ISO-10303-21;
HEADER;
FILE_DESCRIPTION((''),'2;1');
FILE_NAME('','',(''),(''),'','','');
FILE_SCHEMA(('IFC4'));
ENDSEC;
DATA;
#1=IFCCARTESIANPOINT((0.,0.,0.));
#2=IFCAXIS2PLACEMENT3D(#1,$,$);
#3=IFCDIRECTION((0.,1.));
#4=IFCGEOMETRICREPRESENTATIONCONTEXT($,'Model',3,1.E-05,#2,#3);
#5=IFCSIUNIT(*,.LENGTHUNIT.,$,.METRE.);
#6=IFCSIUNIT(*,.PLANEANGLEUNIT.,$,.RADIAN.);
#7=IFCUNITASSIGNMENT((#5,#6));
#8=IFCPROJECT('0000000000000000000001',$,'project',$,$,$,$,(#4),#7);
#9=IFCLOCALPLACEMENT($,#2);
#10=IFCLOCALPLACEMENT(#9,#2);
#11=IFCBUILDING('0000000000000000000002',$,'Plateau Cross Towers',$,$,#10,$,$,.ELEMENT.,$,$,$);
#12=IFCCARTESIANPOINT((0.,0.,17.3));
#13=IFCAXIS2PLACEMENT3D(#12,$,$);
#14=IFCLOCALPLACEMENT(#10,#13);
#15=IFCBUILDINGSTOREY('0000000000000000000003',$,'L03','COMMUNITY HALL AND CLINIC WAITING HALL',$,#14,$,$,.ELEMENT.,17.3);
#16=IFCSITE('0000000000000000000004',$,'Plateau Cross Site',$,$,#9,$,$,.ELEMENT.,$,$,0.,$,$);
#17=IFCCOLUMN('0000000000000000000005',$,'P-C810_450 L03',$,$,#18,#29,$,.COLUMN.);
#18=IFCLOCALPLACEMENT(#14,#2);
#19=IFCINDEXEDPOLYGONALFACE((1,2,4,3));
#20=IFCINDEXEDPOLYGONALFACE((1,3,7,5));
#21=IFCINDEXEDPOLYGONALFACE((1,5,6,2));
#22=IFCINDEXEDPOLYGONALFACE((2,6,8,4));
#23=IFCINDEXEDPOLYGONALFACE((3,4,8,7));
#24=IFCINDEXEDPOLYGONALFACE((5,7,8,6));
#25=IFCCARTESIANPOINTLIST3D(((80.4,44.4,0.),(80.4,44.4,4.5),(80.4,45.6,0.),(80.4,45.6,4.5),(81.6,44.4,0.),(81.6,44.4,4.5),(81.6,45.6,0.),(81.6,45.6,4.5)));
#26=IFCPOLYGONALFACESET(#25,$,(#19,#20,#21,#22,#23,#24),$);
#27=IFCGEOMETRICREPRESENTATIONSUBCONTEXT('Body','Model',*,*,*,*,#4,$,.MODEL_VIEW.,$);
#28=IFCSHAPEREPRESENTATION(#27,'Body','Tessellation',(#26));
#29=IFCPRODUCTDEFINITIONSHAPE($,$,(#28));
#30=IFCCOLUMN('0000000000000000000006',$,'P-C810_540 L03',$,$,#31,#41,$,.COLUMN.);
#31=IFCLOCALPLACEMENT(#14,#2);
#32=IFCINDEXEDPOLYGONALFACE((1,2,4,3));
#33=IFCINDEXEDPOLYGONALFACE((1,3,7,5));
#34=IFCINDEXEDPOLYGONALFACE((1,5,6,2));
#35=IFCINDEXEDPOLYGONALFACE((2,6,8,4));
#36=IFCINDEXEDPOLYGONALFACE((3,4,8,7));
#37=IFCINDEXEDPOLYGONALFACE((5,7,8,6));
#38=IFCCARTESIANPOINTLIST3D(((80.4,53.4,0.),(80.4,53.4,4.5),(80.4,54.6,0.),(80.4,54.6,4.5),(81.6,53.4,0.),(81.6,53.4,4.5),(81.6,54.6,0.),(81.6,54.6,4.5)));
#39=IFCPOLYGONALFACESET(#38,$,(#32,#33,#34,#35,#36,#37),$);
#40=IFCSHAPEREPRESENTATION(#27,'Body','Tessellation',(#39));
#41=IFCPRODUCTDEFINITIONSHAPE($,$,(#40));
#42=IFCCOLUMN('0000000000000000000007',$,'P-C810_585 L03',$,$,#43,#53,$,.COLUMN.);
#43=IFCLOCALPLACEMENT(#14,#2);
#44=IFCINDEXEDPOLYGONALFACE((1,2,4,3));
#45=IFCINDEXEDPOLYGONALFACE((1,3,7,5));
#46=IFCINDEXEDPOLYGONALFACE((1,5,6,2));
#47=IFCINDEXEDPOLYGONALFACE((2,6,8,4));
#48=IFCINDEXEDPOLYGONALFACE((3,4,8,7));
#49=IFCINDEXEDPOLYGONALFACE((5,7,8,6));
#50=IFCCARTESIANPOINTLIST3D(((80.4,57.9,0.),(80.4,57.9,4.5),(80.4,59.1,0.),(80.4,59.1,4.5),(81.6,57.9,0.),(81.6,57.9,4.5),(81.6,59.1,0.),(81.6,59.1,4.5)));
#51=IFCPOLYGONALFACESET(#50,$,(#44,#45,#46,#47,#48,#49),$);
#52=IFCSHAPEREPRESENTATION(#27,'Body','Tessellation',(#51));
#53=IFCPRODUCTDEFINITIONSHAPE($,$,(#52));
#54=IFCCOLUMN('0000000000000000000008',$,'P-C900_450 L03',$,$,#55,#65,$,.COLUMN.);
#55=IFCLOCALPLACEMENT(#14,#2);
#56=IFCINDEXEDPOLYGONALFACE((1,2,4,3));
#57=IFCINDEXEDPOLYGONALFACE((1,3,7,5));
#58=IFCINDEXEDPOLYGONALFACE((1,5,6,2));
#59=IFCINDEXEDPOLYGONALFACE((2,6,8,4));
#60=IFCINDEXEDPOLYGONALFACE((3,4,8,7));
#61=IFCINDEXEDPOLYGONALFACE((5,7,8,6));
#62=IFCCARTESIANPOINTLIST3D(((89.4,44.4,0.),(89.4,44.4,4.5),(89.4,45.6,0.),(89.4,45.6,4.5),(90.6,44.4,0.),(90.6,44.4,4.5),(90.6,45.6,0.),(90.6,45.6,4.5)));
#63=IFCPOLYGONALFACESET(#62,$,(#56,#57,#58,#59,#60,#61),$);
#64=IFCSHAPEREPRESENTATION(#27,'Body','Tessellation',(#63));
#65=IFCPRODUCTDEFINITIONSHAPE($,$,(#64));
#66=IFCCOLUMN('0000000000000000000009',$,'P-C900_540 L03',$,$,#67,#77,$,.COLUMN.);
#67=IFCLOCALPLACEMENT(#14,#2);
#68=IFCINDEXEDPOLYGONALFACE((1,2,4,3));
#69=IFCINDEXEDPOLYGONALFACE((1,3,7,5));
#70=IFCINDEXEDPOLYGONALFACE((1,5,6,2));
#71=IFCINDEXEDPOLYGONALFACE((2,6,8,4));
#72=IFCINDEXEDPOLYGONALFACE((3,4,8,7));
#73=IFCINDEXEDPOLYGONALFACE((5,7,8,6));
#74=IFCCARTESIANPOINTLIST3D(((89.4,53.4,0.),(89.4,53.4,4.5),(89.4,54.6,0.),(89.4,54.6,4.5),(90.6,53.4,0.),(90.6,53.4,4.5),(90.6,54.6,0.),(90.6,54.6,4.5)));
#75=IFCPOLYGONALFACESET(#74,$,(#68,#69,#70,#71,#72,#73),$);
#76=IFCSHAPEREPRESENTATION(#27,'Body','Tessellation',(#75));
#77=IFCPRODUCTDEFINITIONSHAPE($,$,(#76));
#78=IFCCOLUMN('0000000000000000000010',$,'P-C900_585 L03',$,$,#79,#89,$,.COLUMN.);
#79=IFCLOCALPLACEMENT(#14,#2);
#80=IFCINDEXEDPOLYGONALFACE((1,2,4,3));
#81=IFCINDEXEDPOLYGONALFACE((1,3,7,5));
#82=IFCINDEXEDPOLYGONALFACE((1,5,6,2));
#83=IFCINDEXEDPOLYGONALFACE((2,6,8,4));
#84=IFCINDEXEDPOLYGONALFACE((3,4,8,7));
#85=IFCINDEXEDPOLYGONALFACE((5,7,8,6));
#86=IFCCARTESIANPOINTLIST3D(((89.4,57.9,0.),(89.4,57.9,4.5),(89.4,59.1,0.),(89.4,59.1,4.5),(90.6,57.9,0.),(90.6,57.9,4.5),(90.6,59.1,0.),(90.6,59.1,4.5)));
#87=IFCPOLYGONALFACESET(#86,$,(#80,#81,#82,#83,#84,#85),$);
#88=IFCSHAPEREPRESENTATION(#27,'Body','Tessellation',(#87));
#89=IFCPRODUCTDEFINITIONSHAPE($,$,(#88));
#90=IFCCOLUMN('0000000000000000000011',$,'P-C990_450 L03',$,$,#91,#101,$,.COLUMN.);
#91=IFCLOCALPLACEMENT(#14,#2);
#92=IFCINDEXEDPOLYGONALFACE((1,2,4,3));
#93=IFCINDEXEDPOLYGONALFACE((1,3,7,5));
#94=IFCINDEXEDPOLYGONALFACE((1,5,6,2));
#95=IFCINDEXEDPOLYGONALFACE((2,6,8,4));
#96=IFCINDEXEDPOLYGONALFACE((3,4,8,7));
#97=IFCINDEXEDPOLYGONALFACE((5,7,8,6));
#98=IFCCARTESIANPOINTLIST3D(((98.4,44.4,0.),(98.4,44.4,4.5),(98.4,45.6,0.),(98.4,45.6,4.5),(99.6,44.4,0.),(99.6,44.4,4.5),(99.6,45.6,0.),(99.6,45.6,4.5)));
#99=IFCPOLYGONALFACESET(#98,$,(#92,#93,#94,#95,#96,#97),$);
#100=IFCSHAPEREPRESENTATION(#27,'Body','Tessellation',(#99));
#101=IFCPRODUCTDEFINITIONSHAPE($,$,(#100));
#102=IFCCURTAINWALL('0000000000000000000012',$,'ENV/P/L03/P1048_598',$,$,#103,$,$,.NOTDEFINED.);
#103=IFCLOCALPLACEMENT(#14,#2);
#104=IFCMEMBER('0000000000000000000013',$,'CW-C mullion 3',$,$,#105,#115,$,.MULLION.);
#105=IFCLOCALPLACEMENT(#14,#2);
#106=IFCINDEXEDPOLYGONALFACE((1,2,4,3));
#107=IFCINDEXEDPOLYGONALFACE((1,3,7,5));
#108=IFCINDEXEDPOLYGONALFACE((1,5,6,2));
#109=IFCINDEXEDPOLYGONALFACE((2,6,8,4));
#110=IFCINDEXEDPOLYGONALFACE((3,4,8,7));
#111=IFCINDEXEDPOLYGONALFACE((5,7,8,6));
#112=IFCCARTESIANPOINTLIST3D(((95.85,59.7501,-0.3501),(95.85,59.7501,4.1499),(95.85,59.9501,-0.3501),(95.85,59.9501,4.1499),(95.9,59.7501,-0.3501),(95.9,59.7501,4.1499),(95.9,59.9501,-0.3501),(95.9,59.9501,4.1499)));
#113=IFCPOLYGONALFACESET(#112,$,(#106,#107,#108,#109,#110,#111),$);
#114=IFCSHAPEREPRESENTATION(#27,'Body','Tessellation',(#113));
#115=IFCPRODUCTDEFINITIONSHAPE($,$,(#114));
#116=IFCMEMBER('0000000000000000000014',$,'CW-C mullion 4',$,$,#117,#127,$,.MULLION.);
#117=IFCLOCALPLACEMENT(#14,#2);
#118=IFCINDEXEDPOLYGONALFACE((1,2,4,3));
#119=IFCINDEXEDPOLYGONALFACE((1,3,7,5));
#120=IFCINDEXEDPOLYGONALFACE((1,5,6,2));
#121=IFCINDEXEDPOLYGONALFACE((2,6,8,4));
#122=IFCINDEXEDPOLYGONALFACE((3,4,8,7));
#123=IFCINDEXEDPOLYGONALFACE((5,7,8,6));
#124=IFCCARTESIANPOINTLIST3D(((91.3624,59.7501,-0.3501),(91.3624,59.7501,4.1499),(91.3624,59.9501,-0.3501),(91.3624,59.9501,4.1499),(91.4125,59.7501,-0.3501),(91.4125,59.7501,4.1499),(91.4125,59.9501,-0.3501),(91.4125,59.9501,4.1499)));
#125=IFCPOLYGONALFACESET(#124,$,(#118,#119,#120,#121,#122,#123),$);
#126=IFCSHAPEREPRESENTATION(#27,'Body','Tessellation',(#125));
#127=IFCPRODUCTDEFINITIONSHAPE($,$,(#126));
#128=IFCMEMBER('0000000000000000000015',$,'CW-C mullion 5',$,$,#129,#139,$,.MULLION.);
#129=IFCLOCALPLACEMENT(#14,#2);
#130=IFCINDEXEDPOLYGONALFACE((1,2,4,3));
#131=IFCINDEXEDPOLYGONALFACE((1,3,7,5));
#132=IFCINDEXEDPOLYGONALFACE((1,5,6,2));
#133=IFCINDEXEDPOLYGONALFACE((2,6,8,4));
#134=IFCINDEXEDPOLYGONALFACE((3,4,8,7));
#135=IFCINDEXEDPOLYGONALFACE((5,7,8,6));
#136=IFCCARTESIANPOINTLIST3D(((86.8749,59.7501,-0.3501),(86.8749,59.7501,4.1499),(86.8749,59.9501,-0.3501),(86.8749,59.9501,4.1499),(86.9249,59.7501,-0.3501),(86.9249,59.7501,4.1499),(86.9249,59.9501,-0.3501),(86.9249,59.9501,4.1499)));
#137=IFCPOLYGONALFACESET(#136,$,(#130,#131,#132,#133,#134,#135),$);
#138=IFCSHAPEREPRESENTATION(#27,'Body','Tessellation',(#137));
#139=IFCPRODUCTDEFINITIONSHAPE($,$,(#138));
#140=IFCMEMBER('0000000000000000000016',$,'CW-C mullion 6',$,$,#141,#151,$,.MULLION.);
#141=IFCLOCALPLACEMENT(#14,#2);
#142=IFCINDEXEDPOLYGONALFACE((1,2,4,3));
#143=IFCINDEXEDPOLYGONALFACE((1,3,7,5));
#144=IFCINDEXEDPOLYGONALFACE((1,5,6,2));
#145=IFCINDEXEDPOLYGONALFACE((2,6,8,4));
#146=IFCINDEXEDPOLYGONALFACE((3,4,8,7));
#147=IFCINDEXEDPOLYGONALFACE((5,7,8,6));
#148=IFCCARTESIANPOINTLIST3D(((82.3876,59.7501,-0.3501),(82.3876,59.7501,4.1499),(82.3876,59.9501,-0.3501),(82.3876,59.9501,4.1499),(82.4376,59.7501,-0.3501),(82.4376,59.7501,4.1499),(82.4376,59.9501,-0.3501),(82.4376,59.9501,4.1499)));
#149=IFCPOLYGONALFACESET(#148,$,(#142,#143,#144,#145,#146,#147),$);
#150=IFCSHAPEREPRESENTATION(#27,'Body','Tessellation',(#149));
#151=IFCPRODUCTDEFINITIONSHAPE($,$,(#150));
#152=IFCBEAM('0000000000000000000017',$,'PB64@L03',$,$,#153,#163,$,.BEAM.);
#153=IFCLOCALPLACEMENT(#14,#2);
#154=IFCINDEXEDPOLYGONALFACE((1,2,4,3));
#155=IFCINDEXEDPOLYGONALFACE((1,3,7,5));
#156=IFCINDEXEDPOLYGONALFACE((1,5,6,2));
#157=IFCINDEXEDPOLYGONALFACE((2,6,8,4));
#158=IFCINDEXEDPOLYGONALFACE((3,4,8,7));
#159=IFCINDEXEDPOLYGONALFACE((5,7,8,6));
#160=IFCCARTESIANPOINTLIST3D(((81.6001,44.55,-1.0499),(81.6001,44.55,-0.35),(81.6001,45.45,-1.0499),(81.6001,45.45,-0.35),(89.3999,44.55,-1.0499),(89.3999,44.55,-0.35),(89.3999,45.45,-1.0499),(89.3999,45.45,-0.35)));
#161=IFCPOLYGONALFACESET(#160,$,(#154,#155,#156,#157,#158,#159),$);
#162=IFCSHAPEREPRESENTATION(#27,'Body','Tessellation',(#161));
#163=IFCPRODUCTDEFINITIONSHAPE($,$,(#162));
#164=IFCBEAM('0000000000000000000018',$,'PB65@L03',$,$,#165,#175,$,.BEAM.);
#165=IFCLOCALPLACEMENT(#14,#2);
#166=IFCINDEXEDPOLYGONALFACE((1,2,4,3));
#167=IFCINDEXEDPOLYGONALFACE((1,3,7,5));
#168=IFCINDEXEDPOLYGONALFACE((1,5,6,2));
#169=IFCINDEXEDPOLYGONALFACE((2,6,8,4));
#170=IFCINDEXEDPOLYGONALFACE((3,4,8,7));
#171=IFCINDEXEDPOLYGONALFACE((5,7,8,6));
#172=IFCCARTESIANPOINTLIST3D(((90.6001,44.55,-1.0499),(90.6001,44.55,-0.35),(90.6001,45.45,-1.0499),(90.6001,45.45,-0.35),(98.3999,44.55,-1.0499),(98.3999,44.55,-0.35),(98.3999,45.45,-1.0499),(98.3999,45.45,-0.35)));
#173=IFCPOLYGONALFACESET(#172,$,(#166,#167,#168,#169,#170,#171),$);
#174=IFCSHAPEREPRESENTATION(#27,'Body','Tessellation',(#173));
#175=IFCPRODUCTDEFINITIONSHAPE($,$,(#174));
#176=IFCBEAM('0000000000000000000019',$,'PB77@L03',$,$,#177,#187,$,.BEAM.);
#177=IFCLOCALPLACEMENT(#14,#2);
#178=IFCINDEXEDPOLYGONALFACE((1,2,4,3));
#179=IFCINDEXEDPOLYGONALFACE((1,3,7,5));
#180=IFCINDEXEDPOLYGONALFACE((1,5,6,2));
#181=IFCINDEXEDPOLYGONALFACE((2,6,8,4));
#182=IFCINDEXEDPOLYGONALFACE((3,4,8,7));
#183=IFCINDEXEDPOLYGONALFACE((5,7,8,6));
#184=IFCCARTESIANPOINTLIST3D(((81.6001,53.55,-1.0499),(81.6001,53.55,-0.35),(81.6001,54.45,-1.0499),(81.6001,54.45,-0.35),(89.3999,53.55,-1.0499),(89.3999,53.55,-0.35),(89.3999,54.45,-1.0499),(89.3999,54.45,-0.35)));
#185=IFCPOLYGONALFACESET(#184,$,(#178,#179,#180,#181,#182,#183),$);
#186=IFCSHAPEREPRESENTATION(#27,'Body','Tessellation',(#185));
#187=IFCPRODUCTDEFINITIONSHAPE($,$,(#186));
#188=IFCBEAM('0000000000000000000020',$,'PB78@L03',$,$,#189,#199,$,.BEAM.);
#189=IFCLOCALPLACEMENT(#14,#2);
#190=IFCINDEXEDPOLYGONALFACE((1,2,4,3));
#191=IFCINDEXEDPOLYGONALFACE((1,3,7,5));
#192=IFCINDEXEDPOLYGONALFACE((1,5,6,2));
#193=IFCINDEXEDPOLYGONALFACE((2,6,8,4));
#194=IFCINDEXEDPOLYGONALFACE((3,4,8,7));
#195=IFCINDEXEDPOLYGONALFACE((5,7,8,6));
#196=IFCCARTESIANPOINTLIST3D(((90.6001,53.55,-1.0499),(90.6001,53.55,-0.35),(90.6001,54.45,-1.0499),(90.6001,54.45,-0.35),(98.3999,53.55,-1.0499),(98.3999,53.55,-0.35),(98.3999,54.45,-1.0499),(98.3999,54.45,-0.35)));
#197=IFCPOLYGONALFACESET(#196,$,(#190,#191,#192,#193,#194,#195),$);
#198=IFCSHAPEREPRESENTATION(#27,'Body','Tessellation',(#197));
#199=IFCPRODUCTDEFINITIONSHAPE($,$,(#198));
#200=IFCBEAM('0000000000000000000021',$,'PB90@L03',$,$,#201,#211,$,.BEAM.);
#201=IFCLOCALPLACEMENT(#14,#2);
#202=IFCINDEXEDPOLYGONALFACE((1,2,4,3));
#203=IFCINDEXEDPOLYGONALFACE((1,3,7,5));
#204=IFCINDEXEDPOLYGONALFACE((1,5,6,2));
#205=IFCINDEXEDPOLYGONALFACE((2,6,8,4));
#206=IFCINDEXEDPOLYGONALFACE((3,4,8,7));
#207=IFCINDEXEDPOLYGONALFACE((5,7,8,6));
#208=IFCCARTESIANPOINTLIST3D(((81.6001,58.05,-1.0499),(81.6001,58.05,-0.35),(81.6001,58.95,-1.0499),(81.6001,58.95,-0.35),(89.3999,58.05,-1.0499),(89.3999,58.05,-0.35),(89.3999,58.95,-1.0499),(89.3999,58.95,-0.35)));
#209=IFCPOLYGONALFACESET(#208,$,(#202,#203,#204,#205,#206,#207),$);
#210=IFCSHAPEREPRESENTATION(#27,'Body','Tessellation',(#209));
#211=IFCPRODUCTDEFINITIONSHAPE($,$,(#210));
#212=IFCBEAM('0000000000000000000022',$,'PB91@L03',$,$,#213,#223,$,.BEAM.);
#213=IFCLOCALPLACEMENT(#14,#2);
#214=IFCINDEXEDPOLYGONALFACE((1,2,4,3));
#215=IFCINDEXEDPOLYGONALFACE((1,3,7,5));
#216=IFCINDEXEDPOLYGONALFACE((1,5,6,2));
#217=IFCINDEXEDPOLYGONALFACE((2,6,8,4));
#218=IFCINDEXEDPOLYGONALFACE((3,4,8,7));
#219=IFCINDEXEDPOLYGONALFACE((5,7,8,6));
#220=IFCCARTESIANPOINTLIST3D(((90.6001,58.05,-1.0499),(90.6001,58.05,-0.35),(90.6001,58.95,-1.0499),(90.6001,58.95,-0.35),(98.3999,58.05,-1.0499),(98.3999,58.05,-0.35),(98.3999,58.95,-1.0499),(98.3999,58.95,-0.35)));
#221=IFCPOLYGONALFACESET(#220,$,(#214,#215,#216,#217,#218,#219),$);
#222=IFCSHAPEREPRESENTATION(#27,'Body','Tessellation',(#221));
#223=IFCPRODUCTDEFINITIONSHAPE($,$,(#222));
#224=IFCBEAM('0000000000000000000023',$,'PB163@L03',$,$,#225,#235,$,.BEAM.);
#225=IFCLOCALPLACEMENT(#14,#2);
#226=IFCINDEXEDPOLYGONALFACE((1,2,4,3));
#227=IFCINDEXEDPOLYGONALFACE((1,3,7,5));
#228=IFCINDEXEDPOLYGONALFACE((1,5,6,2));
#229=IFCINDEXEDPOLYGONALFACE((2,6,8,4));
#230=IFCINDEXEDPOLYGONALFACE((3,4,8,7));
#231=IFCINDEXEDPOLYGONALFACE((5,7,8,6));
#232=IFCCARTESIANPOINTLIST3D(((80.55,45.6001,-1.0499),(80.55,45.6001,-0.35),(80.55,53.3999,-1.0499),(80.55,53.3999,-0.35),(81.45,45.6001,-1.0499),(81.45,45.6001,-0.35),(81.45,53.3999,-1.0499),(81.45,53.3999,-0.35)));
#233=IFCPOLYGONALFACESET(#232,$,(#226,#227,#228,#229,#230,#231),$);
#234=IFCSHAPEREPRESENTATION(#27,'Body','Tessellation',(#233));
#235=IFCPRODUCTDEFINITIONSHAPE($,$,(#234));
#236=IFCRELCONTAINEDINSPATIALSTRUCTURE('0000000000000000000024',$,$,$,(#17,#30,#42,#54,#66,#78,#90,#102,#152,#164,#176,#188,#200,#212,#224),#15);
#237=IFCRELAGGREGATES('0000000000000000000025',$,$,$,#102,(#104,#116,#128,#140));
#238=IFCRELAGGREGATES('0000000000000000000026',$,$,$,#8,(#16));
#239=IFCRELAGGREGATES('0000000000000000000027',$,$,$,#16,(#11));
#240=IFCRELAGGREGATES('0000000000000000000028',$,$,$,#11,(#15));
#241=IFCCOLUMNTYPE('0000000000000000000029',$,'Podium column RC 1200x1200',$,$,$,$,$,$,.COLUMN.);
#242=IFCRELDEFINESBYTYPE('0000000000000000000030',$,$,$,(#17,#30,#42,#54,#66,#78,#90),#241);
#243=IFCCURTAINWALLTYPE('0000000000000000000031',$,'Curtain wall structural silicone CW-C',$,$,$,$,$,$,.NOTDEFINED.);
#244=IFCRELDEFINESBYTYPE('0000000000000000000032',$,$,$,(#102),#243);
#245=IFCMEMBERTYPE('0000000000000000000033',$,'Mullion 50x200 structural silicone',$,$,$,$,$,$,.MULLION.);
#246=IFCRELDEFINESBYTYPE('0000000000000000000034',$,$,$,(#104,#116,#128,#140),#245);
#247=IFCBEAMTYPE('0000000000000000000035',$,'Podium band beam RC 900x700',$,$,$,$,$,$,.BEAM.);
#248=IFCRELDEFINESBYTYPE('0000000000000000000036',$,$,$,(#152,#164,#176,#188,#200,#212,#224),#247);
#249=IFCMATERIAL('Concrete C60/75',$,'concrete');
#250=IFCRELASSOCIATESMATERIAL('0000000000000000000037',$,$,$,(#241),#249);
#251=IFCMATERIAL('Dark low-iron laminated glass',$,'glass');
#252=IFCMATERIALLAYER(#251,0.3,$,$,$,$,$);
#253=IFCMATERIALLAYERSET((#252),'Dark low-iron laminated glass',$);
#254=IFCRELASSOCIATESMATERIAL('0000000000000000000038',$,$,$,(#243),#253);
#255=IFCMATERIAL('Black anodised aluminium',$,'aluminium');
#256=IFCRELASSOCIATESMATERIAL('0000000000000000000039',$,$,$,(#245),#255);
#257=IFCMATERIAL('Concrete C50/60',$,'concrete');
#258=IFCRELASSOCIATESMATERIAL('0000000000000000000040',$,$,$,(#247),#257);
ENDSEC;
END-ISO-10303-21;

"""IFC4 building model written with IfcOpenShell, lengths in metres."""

from ifc_helpers import new_model, si_unit, direction, frame, origin, origin_2d, place, context, subcontext, project, spatial, rectangle, extrude, material, layer, layer_set, material_profile, profile_set, type_object, element, aggregate, save


model = new_model("IFC4")

# Units and contexts
model_context = context("Model", 3, precision=1e-05, world=origin(), true_north=direction((0.0, 1.0)))
body_context = subcontext(model_context, "Body", "Model", "MODEL_VIEW")
ifc_project = project(units=[si_unit("LENGTHUNIT", "METRE"), si_unit("PLANEANGLEUNIT", "RADIAN")], contexts=[model_context])

# Site, building, storey
site_placement = place(None, origin())
site = spatial("IfcSite", under=ifc_project, at=site_placement, Name="Plateau Cross Site", CompositionType="ELEMENT", RefElevation=0.0)
building_placement = place(site_placement, origin())
building = spatial("IfcBuilding", under=site, at=building_placement, Name="Plateau Cross Towers", CompositionType="ELEMENT")
storey_placement = place(building_placement, frame((0.0, 0.0, 17.3)))
storey = spatial("IfcBuildingStorey", under=building, at=storey_placement, Name="L03", Description="COMMUNITY HALL AND CLINIC WAITING HALL", CompositionType="ELEMENT", Elevation=17.3)

# Columns
ifc_material_1 = material(Name="Concrete C60/75", Category="concrete")
ifc_material_profile_1 = material_profile(ifc_material_1, rectangle(XDim=1.2, YDim=1.2, at=origin_2d()), Name="RC 1200x1200")
ifc_profile_set_1 = profile_set([ifc_material_profile_1], Name="Concrete C60/75")
column_type = type_object("IfcColumnType", Name="Podium column RC 1200x1200", PredefinedType="COLUMN", material=ifc_profile_set_1)
for number, where, z_axis, x_axis, name in (
    (1, (81.0, 45.0, 0.0), (0.0, 0.0, 1.0), (1.0, 0.0, 0.0), "P-C810_450 L03"),
    (2, (81.0, 54.0, 0.0), (0.0, 0.0, 1.0), (1.0, 0.0, 0.0), "P-C810_540 L03"),
    (3, (81.0, 58.5, 0.0), (0.0, 0.0, 1.0), (1.0, 0.0, 0.0), "P-C810_585 L03"),
    (4, (90.0, 45.0, 0.0), (0.0, 0.0, 1.0), (1.0, 0.0, 0.0), "P-C900_450 L03"),
    (5, (90.0, 54.0, 0.0), (0.0, 0.0, 1.0), (1.0, 0.0, 0.0), "P-C900_540 L03"),
    (6, (90.0, 58.5, 0.0), (0.0, 0.0, 1.0), (1.0, 0.0, 0.0), "P-C900_585 L03"),
    (7, (99.0, 45.0, 0.0), (0.0, 0.0, 1.0), (1.0, 0.0, 0.0), "P-C990_450 L03"),
):
    element("IfcColumn", number, at=place(storey_placement, frame(where, z_axis=z_axis, x_axis=x_axis)), inside=storey, type_object=column_type, Name=name, PredefinedType="COLUMN", context=body_context, shape_type="SweptSolid", body=[
        extrude(rectangle(XDim=1.2, YDim=1.2, at=origin_2d()), origin(), (0.0, 0.0, 1.0), 4.5),
    ])

# Curtain wall, members
ifc_material_2 = material(Name="Dark low-iron laminated glass", Category="glass")
ifc_layer_1 = layer(ifc_material_2, 0.3)
ifc_layer_set_1 = layer_set([ifc_layer_1], Name="Dark low-iron laminated glass")
curtain_wall_type = type_object("IfcCurtainWallType", Name="Curtain wall structural silicone CW-C", PredefinedType="NOTDEFINED", material=ifc_layer_set_1)
curtain_wall_placement = place(storey_placement, origin())
curtain_wall = element("IfcCurtainWall", 8, at=curtain_wall_placement, inside=storey, type_object=curtain_wall_type, Name="ENV/P/L03/P1048_598", PredefinedType="NOTDEFINED")
ifc_material_3 = material(Name="Black anodised aluminium", Category="aluminium")
ifc_material_profile_2 = material_profile(ifc_material_3, rectangle(XDim=0.05, YDim=0.2, at=origin_2d()), Name="MULLION 50x200")
ifc_profile_set_2 = profile_set([ifc_material_profile_2], Name="Black anodised aluminium")
member_type = type_object("IfcMemberType", Name="Mullion 50x200 structural silicone", PredefinedType="MULLION", material=ifc_profile_set_2)
member_1_placement = place(storey_placement, frame((95.875, 59.8501, -0.3501), z_axis=(0.0, 0.0, 1.0), x_axis=(-1.0, 0.0, 0.0)))
member_1 = element("IfcMember", 9, at=member_1_placement, type_object=member_type, Name="CW-C mullion 3", PredefinedType="MULLION", context=body_context, shape_type="SweptSolid", body=[
    extrude(rectangle(XDim=0.05, YDim=0.2, at=origin_2d()), origin(), (0.0, 0.0, 1.0), 4.5),
])
member_2_placement = place(storey_placement, frame((91.3875, 59.8501, -0.3501), z_axis=(0.0, 0.0, 1.0), x_axis=(-1.0, 0.0, 0.0)))
member_2 = element("IfcMember", 10, at=member_2_placement, type_object=member_type, Name="CW-C mullion 4", PredefinedType="MULLION", context=body_context, shape_type="SweptSolid", body=[
    extrude(rectangle(XDim=0.05, YDim=0.2, at=origin_2d()), origin(), (0.0, 0.0, 1.0), 4.5),
])
member_3_placement = place(storey_placement, frame((86.8999, 59.8501, -0.3501), z_axis=(0.0, 0.0, 1.0), x_axis=(-1.0, 0.0, 0.0)))
member_3 = element("IfcMember", 11, at=member_3_placement, type_object=member_type, Name="CW-C mullion 5", PredefinedType="MULLION", context=body_context, shape_type="SweptSolid", body=[
    extrude(rectangle(XDim=0.05, YDim=0.2, at=origin_2d()), origin(), (0.0, 0.0, 1.0), 4.5),
])
member_4_placement = place(storey_placement, frame((82.4126, 59.8501, -0.3501), z_axis=(0.0, 0.0, 1.0), x_axis=(-1.0, 0.0, 0.0)))
member_4 = element("IfcMember", 12, at=member_4_placement, type_object=member_type, Name="CW-C mullion 6", PredefinedType="MULLION", context=body_context, shape_type="SweptSolid", body=[
    extrude(rectangle(XDim=0.05, YDim=0.2, at=origin_2d()), origin(), (0.0, 0.0, 1.0), 4.5),
])

# Beams
ifc_material_4 = material(Name="Concrete C50/60", Category="concrete")
ifc_material_profile_3 = material_profile(ifc_material_4, rectangle(XDim=0.8999, YDim=0.7, at=origin_2d()), Name="RC 900x700")
ifc_profile_set_3 = profile_set([ifc_material_profile_3], Name="Concrete C50/60")
beam_type = type_object("IfcBeamType", Name="Podium band beam RC 900x700", PredefinedType="BEAM", material=ifc_profile_set_3)
for number, where, z_axis, x_axis, name in (
    (13, (81.6001, 45.0, -0.7), (1.0, 0.0, 0.0), (0.0, 1.0, 0.0), "PB64@L03"),
    (14, (90.6001, 45.0, -0.7), (1.0, 0.0, 0.0), (0.0, 1.0, 0.0), "PB65@L03"),
    (15, (81.6001, 54.0, -0.7), (1.0, 0.0, 0.0), (0.0, 1.0, 0.0), "PB77@L03"),
    (16, (90.6001, 54.0, -0.7), (1.0, 0.0, 0.0), (0.0, 1.0, 0.0), "PB78@L03"),
    (17, (81.6001, 58.5, -0.7), (1.0, 0.0, 0.0), (0.0, 1.0, 0.0), "PB90@L03"),
    (18, (90.6001, 58.5, -0.7), (1.0, 0.0, 0.0), (0.0, 1.0, 0.0), "PB91@L03"),
    (19, (81.0, 45.6001, -0.7), (0.0, 1.0, 0.0), (-1.0, 0.0, 0.0), "PB163@L03"),
):
    element("IfcBeam", number, at=place(storey_placement, frame(where, z_axis=z_axis, x_axis=x_axis)), inside=storey, type_object=beam_type, Name=name, PredefinedType="BEAM", context=body_context, shape_type="SweptSolid", body=[
        extrude(rectangle(XDim=0.8999, YDim=0.7, at=origin_2d()), origin(), (0.0, 0.0, 1.0), 7.7998),
    ])

aggregate(curtain_wall, [member_1, member_2, member_3, member_4])

save(model, "model.ifc")
